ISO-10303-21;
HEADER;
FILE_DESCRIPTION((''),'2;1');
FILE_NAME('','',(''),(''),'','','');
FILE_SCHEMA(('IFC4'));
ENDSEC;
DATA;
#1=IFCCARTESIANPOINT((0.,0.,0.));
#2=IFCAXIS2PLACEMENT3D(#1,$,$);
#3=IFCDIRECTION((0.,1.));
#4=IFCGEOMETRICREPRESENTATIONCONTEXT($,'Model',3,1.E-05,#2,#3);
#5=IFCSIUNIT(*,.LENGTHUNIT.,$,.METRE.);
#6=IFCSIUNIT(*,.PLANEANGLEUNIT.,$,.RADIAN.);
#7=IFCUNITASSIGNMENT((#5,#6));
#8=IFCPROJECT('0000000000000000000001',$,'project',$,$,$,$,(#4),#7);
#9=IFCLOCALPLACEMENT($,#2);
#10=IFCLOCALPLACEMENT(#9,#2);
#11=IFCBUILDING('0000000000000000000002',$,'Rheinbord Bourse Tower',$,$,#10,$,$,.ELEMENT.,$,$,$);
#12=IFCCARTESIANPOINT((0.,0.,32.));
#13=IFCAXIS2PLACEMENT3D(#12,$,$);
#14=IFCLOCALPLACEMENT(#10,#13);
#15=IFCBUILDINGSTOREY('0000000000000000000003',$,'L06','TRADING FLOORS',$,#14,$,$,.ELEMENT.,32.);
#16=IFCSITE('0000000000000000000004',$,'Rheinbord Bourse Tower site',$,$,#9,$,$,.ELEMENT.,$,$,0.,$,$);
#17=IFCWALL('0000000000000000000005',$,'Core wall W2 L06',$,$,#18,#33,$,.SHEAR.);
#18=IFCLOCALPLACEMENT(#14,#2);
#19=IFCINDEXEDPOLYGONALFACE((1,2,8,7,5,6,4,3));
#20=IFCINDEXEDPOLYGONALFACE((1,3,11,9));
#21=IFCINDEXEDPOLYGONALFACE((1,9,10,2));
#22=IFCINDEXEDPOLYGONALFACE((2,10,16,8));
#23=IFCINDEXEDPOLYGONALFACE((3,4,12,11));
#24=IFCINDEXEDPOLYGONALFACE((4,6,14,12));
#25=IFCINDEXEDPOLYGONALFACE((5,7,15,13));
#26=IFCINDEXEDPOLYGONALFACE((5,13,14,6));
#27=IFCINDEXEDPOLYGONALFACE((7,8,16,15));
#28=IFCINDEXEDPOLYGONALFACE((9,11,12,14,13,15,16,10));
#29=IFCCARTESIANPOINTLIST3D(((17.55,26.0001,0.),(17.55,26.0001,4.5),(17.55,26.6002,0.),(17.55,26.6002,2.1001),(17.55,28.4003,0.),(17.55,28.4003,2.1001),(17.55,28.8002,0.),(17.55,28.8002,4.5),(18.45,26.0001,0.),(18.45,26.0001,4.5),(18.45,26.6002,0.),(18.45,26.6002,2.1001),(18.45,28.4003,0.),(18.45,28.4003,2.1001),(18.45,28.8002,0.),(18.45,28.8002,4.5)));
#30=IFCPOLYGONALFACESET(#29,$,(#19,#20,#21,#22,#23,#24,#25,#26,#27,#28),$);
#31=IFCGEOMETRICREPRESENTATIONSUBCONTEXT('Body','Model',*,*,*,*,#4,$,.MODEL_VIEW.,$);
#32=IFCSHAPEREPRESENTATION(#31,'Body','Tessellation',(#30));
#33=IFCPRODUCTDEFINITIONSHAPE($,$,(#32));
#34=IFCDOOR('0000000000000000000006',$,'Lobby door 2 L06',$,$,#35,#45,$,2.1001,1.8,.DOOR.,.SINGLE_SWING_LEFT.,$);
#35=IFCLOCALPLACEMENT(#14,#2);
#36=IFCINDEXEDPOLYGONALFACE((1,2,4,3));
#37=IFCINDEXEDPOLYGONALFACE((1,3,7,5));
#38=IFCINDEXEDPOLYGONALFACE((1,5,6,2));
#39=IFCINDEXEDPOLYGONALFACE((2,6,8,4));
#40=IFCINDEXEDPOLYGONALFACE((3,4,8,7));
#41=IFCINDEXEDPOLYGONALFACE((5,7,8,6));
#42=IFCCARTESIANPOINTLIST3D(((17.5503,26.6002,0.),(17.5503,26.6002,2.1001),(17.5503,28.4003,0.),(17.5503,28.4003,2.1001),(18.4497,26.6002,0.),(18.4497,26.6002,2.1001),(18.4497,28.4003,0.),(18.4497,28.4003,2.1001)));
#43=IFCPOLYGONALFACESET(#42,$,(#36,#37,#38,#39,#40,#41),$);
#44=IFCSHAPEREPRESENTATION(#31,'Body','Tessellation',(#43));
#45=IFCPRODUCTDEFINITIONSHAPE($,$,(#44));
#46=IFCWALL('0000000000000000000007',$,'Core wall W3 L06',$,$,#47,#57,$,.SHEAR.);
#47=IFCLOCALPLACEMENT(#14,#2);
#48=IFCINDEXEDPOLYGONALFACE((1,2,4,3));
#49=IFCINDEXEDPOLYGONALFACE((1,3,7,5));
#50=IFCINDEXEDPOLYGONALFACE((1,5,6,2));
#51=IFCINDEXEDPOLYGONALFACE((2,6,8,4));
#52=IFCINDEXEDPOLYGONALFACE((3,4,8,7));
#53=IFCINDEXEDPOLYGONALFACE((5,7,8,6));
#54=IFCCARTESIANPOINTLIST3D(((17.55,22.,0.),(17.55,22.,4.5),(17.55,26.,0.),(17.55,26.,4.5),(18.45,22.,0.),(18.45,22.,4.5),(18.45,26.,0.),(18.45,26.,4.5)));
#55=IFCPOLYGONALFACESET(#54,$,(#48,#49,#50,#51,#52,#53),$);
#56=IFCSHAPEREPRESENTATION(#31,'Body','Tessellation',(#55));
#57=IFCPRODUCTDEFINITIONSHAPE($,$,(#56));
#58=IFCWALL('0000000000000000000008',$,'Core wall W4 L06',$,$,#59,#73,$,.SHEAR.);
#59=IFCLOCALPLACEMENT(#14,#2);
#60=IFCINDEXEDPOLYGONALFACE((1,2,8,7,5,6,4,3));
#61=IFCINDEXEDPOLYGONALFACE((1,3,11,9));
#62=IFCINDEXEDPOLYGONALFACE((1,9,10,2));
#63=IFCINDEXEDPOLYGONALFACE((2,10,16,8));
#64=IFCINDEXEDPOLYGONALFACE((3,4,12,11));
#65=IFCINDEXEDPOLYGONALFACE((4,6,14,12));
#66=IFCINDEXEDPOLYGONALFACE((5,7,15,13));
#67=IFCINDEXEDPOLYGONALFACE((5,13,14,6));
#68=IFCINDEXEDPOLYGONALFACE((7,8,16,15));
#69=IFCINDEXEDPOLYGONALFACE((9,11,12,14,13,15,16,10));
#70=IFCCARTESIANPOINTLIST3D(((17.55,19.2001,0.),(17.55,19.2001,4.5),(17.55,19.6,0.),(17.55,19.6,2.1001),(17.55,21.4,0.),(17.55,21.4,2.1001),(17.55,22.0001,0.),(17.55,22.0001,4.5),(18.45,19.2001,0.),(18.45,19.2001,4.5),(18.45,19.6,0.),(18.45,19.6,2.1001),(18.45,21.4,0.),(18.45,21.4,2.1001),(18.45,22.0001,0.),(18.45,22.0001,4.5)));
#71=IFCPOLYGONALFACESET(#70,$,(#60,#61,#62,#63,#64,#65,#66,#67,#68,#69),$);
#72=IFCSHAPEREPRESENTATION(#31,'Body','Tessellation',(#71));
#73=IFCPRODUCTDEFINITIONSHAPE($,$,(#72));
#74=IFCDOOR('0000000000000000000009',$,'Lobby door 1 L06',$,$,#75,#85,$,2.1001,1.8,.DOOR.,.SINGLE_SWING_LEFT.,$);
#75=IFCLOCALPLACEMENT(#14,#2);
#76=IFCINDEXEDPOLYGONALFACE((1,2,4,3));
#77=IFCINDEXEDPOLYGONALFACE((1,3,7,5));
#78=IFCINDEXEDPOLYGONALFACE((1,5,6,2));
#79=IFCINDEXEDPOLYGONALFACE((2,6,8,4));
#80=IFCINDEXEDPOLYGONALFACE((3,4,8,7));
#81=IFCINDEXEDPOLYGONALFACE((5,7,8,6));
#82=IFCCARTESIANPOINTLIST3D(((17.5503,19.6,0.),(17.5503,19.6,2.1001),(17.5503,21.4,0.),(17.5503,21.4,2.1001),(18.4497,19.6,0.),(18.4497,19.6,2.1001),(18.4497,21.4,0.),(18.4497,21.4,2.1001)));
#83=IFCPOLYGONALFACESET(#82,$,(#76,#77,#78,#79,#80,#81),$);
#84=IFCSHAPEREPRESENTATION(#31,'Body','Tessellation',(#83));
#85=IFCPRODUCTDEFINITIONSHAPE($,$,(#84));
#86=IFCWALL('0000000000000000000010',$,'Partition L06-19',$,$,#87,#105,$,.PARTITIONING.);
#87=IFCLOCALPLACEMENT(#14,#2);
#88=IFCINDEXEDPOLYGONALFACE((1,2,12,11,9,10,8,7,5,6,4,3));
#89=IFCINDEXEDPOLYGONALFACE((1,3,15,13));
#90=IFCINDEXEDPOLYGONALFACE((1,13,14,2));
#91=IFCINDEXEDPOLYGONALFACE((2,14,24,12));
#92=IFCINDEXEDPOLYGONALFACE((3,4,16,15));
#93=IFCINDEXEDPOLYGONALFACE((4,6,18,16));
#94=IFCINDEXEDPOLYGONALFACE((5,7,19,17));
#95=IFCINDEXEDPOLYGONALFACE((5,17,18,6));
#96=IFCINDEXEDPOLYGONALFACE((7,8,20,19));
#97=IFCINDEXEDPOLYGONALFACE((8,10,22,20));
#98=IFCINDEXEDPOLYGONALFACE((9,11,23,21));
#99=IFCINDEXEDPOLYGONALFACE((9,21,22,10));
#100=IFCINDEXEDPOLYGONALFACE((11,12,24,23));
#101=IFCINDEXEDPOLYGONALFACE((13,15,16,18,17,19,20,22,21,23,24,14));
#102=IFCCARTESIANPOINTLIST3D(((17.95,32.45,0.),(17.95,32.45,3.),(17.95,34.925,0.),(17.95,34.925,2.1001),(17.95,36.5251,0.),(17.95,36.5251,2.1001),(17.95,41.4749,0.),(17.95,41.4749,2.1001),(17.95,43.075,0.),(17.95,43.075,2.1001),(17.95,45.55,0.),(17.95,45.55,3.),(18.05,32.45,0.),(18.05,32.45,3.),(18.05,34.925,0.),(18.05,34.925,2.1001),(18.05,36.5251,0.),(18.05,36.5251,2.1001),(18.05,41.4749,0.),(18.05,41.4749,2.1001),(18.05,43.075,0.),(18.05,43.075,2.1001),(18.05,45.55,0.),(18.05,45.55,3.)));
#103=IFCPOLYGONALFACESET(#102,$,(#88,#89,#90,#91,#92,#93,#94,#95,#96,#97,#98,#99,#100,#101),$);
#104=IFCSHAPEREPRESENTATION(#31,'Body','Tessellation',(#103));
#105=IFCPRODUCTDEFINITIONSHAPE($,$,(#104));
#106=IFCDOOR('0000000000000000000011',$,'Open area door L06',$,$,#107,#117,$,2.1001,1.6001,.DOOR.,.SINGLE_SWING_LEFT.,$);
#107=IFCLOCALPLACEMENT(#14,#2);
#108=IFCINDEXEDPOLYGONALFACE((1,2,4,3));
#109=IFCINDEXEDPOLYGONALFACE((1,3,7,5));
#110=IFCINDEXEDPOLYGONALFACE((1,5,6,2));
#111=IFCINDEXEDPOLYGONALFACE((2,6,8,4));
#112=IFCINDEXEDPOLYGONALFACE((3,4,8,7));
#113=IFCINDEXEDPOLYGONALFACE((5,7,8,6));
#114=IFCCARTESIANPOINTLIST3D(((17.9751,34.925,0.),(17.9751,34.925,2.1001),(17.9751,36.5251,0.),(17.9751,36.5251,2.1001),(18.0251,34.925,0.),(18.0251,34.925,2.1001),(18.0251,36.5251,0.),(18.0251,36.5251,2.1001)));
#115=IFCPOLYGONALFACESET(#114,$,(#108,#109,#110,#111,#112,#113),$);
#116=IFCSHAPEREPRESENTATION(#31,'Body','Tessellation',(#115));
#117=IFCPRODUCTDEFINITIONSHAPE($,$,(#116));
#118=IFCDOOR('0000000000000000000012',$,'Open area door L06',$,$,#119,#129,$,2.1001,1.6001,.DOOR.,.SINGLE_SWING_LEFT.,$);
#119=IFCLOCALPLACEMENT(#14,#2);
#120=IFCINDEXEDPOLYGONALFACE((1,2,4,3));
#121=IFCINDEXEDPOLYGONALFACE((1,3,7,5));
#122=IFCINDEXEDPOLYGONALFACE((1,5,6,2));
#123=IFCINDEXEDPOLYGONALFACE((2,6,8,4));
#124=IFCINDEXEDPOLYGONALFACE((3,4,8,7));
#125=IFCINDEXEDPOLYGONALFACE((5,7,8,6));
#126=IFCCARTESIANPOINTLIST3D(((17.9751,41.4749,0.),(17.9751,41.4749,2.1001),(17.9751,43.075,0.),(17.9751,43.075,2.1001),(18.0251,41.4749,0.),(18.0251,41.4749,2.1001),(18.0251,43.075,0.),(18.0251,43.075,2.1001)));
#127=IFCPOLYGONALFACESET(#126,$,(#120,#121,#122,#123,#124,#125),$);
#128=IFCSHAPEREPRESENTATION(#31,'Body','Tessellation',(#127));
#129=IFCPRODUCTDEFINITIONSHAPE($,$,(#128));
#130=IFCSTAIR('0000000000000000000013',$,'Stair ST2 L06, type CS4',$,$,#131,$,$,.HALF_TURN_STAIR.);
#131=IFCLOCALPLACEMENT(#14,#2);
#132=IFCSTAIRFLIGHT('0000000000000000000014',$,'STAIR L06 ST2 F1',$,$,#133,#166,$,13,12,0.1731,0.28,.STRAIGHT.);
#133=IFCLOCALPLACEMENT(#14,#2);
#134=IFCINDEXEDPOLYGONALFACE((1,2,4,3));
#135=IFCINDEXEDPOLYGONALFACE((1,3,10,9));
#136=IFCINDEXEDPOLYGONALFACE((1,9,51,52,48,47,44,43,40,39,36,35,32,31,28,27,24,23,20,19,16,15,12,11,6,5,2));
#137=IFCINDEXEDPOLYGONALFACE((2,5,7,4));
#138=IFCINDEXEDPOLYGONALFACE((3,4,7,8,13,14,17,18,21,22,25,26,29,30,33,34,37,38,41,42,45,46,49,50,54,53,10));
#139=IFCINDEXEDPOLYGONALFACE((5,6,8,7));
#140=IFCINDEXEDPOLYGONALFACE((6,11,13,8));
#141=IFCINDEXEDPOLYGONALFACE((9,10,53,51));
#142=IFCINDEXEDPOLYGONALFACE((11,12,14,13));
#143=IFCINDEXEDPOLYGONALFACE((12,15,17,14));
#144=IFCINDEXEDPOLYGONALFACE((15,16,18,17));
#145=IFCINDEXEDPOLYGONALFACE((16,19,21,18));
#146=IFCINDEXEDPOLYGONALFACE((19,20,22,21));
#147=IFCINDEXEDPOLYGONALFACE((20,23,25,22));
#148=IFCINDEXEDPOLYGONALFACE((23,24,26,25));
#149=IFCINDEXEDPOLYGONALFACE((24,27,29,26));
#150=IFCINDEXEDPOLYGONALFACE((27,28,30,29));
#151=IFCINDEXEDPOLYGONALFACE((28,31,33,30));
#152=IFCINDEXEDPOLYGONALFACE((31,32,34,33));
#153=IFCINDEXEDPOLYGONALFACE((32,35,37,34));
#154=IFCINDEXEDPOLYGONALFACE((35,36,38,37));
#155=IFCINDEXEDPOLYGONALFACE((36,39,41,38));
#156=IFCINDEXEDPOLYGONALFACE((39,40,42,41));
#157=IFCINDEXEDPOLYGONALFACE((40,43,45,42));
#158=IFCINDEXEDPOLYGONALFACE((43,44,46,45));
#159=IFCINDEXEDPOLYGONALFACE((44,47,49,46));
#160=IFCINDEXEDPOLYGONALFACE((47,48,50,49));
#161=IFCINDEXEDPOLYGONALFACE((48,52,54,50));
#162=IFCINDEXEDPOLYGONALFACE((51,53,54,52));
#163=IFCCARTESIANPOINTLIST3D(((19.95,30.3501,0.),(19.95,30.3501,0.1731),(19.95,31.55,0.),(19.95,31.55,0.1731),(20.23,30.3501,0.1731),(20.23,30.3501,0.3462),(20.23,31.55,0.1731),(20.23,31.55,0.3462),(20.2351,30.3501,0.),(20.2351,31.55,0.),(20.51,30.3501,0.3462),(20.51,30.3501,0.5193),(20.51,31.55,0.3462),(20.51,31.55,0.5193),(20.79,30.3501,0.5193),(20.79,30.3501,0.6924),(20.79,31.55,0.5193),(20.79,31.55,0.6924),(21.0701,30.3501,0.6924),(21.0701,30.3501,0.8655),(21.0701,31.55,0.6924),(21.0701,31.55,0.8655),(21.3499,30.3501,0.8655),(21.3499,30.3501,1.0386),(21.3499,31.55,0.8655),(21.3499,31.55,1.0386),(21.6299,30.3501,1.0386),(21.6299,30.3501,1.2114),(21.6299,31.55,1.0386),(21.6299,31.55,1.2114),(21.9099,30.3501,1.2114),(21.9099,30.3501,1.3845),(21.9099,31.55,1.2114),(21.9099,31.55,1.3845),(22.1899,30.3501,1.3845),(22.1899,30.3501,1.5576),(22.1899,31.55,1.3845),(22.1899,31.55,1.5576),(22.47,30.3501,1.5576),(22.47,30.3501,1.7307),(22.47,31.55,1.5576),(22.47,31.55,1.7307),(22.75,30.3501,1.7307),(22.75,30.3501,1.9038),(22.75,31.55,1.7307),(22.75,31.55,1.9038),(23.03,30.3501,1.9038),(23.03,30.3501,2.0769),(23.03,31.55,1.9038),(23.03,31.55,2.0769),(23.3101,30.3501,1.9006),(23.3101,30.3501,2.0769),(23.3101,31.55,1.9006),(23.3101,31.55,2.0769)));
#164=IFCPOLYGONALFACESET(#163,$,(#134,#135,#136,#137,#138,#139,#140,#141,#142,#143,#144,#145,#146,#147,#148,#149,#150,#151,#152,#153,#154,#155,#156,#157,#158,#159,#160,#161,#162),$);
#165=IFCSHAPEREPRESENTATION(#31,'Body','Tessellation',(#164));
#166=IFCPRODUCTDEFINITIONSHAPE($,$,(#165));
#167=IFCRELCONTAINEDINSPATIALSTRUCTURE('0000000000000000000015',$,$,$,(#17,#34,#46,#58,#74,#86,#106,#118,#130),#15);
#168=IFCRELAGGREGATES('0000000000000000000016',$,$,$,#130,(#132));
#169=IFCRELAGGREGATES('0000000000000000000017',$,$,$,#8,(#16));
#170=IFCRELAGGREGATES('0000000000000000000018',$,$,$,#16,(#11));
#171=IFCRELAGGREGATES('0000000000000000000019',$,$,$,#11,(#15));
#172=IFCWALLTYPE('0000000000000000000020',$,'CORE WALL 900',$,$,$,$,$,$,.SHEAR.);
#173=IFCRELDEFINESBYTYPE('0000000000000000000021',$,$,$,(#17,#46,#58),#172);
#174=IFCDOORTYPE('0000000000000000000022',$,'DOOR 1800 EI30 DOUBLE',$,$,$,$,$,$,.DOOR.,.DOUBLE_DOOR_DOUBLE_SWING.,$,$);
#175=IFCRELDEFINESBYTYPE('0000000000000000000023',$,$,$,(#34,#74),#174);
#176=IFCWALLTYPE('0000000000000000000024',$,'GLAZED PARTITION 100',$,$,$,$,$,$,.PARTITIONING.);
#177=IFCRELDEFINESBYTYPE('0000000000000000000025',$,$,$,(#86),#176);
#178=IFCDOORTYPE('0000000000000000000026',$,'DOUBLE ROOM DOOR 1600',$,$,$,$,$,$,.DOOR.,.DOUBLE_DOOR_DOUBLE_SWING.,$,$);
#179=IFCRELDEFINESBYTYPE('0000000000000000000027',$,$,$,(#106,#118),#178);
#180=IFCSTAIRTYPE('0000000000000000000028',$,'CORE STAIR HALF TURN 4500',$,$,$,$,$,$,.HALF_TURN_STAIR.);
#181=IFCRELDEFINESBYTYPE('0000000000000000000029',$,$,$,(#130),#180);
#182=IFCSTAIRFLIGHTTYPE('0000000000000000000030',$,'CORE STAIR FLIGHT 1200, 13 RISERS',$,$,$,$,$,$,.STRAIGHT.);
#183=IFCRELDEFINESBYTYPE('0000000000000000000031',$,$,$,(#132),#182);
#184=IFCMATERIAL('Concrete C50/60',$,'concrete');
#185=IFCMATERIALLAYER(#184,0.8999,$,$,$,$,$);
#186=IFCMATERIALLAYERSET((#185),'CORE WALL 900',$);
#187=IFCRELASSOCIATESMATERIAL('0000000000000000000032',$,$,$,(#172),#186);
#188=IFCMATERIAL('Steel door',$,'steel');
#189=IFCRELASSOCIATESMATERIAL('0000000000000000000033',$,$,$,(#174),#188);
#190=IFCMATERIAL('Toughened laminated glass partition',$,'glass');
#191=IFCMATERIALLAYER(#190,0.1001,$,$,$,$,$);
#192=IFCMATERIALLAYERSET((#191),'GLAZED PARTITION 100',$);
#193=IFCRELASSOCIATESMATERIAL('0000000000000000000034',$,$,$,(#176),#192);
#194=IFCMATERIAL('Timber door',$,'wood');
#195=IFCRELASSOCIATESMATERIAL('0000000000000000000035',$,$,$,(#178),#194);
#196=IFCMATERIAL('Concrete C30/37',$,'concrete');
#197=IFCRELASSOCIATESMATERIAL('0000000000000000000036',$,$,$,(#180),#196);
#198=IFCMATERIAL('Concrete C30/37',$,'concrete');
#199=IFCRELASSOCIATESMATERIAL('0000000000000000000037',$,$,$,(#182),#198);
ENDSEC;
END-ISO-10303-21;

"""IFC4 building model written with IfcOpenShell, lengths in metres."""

from ifc_helpers import new_model, si_unit, direction, frame, frame_2d, origin, place, context, subcontext, project, spatial, polyline, rectangle, outline, extrude, material, layer, layer_set, type_object, element, fill, aggregate, save


model = new_model("IFC4")

# Units and contexts
model_context = context("Model", 3, precision=1e-05, world=origin(), true_north=direction((0.0, 1.0)))
body_context = subcontext(model_context, "Body", "Model", "MODEL_VIEW")
ifc_project = project(units=[si_unit("LENGTHUNIT", "METRE"), si_unit("PLANEANGLEUNIT", "RADIAN")], contexts=[model_context])

# Site, building, storey
site_placement = place(None, origin())
site = spatial("IfcSite", under=ifc_project, at=site_placement, Name="Rheinbord Bourse Tower site", CompositionType="ELEMENT", RefElevation=0.0)
building_placement = place(site_placement, origin())
building = spatial("IfcBuilding", under=site, at=building_placement, Name="Rheinbord Bourse Tower", CompositionType="ELEMENT")
storey_placement = place(building_placement, frame((0.0, 0.0, 32.0)))
storey = spatial("IfcBuildingStorey", under=building, at=storey_placement, Name="L06", Description="TRADING FLOORS", CompositionType="ELEMENT", Elevation=32.0)

# Shared definitions
ifc_material_1 = material(Name="Concrete C50/60", Category="concrete")
ifc_layer_1 = layer(ifc_material_1, 0.8999)
ifc_layer_set_1 = layer_set([ifc_layer_1], Name="CORE WALL 900")
wall_type_1 = type_object("IfcWallType", Name="CORE WALL 900", PredefinedType="SHEAR", material=ifc_layer_set_1)

# Wall, opening, door
wall_1_placement = place(storey_placement, frame((18.0, 28.8, 0.0), z_axis=(0.0, 0.0, 1.0), x_axis=(0.0, -1.0, 0.0)))
wall_1 = element("IfcWall", 1, at=wall_1_placement, inside=storey, type_object=wall_type_1, Name="Core wall W2 L06", PredefinedType="SHEAR", context=body_context, shape_type="SweptSolid", body=[
    extrude(rectangle(XDim=2.8, YDim=0.8999, at=frame_2d((1.3999, 0.0))), origin(), (0.0, 0.0, 1.0), 4.5),
])
opening_1_placement = place(wall_1_placement, frame((0.3999, 0.0, 0.0)))
opening_1 = element("IfcOpeningElement", 2, at=opening_1_placement, cuts=wall_1, PredefinedType="OPENING", context=body_context, shape_type="SweptSolid", body=[
    extrude(rectangle(XDim=1.8, YDim=2.1001, at=frame_2d((0.8999, 1.05))), frame((0.0, 0.46, 0.0), z_axis=(0.0, -1.0, 0.0), x_axis=(1.0, 0.0, 0.0)), (0.0, 0.0, 1.0), 0.9199),
])
ifc_material_2 = material(Name="Steel door", Category="steel")
door_type_1 = type_object("IfcDoorType", Name="DOOR 1800 EI30 DOUBLE", OperationType="DOUBLE_DOOR_DOUBLE_SWING", PredefinedType="DOOR", material=ifc_material_2)
door_1_placement = place(opening_1_placement, origin())
door_1 = element("IfcDoor", 3, at=door_1_placement, inside=storey, type_object=door_type_1, Name="Lobby door 2 L06", OperationType="SINGLE_SWING_LEFT", OverallHeight=2.1001, OverallWidth=1.8, PredefinedType="DOOR", context=body_context, shape_type="SweptSolid", body=[
    extrude(rectangle(XDim=1.8, YDim=2.1001, at=frame_2d((0.8999, 1.05))), frame((0.0, 0.4497, 0.0), z_axis=(0.0, -1.0, 0.0), x_axis=(1.0, 0.0, 0.0)), (0.0, 0.0, 1.0), 0.8994),
])
fill(opening_1, door_1)

# Wall
wall_2_placement = place(storey_placement, frame((18.0, 26.0, 0.0), z_axis=(0.0, 0.0, 1.0), x_axis=(0.0, -1.0, 0.0)))
element("IfcWall", 4, at=wall_2_placement, inside=storey, type_object=wall_type_1, Name="Core wall W3 L06", PredefinedType="SHEAR", context=body_context, shape_type="SweptSolid", body=[
    extrude(rectangle(XDim=4.0, YDim=0.8999, at=frame_2d((2.0, 0.0))), origin(), (0.0, 0.0, 1.0), 4.5),
])

# Wall, opening, door
wall_3_placement = place(storey_placement, frame((18.0, 22.0, 0.0), z_axis=(0.0, 0.0, 1.0), x_axis=(0.0, -1.0, 0.0)))
wall_3 = element("IfcWall", 5, at=wall_3_placement, inside=storey, type_object=wall_type_1, Name="Core wall W4 L06", PredefinedType="SHEAR", context=body_context, shape_type="SweptSolid", body=[
    extrude(rectangle(XDim=2.8, YDim=0.8999, at=frame_2d((1.3999, 0.0))), origin(), (0.0, 0.0, 1.0), 4.5),
])
opening_2_placement = place(wall_3_placement, frame((0.6001, 0.0, 0.0)))
opening_2 = element("IfcOpeningElement", 6, at=opening_2_placement, cuts=wall_3, PredefinedType="OPENING", context=body_context, shape_type="SweptSolid", body=[
    extrude(rectangle(XDim=1.8, YDim=2.1001, at=frame_2d((0.8999, 1.05))), frame((0.0, 0.46, 0.0), z_axis=(0.0, -1.0, 0.0), x_axis=(1.0, 0.0, 0.0)), (0.0, 0.0, 1.0), 0.9199),
])
door_2_placement = place(opening_2_placement, origin())
door_2 = element("IfcDoor", 7, at=door_2_placement, inside=storey, type_object=door_type_1, Name="Lobby door 1 L06", OperationType="SINGLE_SWING_LEFT", OverallHeight=2.1001, OverallWidth=1.8, PredefinedType="DOOR", context=body_context, shape_type="SweptSolid", body=[
    extrude(rectangle(XDim=1.8, YDim=2.1001, at=frame_2d((0.8999, 1.05))), frame((0.0, 0.4497, 0.0), z_axis=(0.0, -1.0, 0.0), x_axis=(1.0, 0.0, 0.0)), (0.0, 0.0, 1.0), 0.8994),
])
fill(opening_2, door_2)

# Wall, openings, doors
ifc_material_3 = material(Name="Toughened laminated glass partition", Category="glass")
ifc_layer_2 = layer(ifc_material_3, 0.1001)
ifc_layer_set_2 = layer_set([ifc_layer_2], Name="GLAZED PARTITION 100")
wall_type_2 = type_object("IfcWallType", Name="GLAZED PARTITION 100", PredefinedType="PARTITIONING", material=ifc_layer_set_2)
wall_4_placement = place(storey_placement, frame((18.0, 32.45, 0.0), z_axis=(0.0, 0.0, 1.0), x_axis=(0.0, 1.0, 0.0)))
wall_4 = element("IfcWall", 8, at=wall_4_placement, inside=storey, type_object=wall_type_2, Name="Partition L06-19", PredefinedType="PARTITIONING", context=body_context, shape_type="SweptSolid", body=[
    extrude(rectangle(XDim=13.1001, YDim=0.1001, at=frame_2d((6.55, 0.0))), origin(), (0.0, 0.0, 1.0), 3.0),
])
opening_3_placement = place(wall_4_placement, frame((2.4751, 0.0, 0.0)))
opening_3 = element("IfcOpeningElement", 9, at=opening_3_placement, cuts=wall_4, PredefinedType="OPENING", context=body_context, shape_type="SweptSolid", body=[
    extrude(rectangle(XDim=1.6001, YDim=2.1001, at=frame_2d((0.8, 1.05))), frame((0.0, 0.0601, 0.0), z_axis=(0.0, -1.0, 0.0), x_axis=(1.0, 0.0, 0.0)), (0.0, 0.0, 1.0), 0.1201),
])
opening_4_placement = place(wall_4_placement, frame((9.0249, 0.0, 0.0)))
opening_4 = element("IfcOpeningElement", 10, at=opening_4_placement, cuts=wall_4, PredefinedType="OPENING", context=body_context, shape_type="SweptSolid", body=[
    extrude(rectangle(XDim=1.6001, YDim=2.1001, at=frame_2d((0.8, 1.05))), frame((0.0, 0.0601, 0.0), z_axis=(0.0, -1.0, 0.0), x_axis=(1.0, 0.0, 0.0)), (0.0, 0.0, 1.0), 0.1201),
])
ifc_material_4 = material(Name="Timber door", Category="wood")
door_type_2 = type_object("IfcDoorType", Name="DOUBLE ROOM DOOR 1600", OperationType="DOUBLE_DOOR_DOUBLE_SWING", PredefinedType="DOOR", material=ifc_material_4)
door_3_placement = place(opening_3_placement, origin())
door_3 = element("IfcDoor", 11, at=door_3_placement, inside=storey, type_object=door_type_2, Name="Open area door L06", OperationType="SINGLE_SWING_LEFT", OverallHeight=2.1001, OverallWidth=1.6001, PredefinedType="DOOR", context=body_context, shape_type="SweptSolid", body=[
    extrude(rectangle(XDim=1.6001, YDim=2.1001, at=frame_2d((0.8, 1.05))), frame((0.0, 0.0249, 0.0), z_axis=(0.0, -1.0, 0.0), x_axis=(1.0, 0.0, 0.0)), (0.0, 0.0, 1.0), 0.05),
])
fill(opening_3, door_3)
door_4_placement = place(opening_4_placement, origin())
door_4 = element("IfcDoor", 12, at=door_4_placement, inside=storey, type_object=door_type_2, Name="Open area door L06", OperationType="SINGLE_SWING_LEFT", OverallHeight=2.1001, OverallWidth=1.6001, PredefinedType="DOOR", context=body_context, shape_type="SweptSolid", body=[
    extrude(rectangle(XDim=1.6001, YDim=2.1001, at=frame_2d((0.8, 1.05))), frame((0.0, 0.0249, 0.0), z_axis=(0.0, -1.0, 0.0), x_axis=(1.0, 0.0, 0.0)), (0.0, 0.0, 1.0), 0.05),
])
fill(opening_4, door_4)

# Stair, stair flight
ifc_material_5 = material(Name="Concrete C30/37", Category="concrete")
stair_type = type_object("IfcStairType", Name="CORE STAIR HALF TURN 4500", PredefinedType="HALF_TURN_STAIR", material=ifc_material_5)
stair_placement = place(storey_placement, origin())
stair = element("IfcStair", 13, at=stair_placement, inside=storey, type_object=stair_type, Name="Stair ST2 L06, type CS4", PredefinedType="HALF_TURN_STAIR")
ifc_material_6 = material(Name="Concrete C30/37", Category="concrete")
stair_flight_type = type_object("IfcStairFlightType", Name="CORE STAIR FLIGHT 1200, 13 RISERS", PredefinedType="STRAIGHT", material=ifc_material_6)
stair_flight_1_placement = place(storey_placement, frame((19.95, 30.95, 0.0), z_axis=(0.0, 0.0, 1.0), x_axis=(1.0, 0.0, 0.0)))
stair_flight_1 = element("IfcStairFlight", 14, at=stair_flight_1_placement, type_object=stair_flight_type, Name="STAIR L06 ST2 F1", NumberOfRisers=13, NumberOfTreads=12, PredefinedType="STRAIGHT", RiserHeight=0.1731, TreadLength=0.28, context=body_context, shape_type="SweptSolid", body=[
    extrude(outline(polyline([(0.0, 0.0), (0.0, 0.1731), (0.28, 0.1731), (0.28, 0.3462), (0.5601, 0.3462), (0.5601, 0.5193), (0.8401, 0.5193), (0.8401, 0.6924), (1.1201, 0.6924), (1.1201, 0.8655), (1.3999, 0.8655), (1.3999, 1.0386), (1.6799, 1.0386), (1.6799, 1.2114), (1.96, 1.2114), (1.96, 1.3845), (2.24, 1.3845), (2.24, 1.5576), (2.52, 1.5576), (2.52, 1.7307), (2.8, 1.7307), (2.8, 1.9038), (3.0801, 1.9038), (3.0801, 2.0769), (3.3601, 2.0769), (3.3601, 2.25), (3.3601, 1.9006), (0.2852, 0.0), (0.0, 0.0)])), frame((0.0, 0.6001, 0.0), z_axis=(0.0, -1.0, 0.0), x_axis=(1.0, 0.0, 0.0)), (0.0, 0.0, 1.0), 1.2),
])
aggregate(stair, [stair_flight_1])

save(model, "model.ifc")
